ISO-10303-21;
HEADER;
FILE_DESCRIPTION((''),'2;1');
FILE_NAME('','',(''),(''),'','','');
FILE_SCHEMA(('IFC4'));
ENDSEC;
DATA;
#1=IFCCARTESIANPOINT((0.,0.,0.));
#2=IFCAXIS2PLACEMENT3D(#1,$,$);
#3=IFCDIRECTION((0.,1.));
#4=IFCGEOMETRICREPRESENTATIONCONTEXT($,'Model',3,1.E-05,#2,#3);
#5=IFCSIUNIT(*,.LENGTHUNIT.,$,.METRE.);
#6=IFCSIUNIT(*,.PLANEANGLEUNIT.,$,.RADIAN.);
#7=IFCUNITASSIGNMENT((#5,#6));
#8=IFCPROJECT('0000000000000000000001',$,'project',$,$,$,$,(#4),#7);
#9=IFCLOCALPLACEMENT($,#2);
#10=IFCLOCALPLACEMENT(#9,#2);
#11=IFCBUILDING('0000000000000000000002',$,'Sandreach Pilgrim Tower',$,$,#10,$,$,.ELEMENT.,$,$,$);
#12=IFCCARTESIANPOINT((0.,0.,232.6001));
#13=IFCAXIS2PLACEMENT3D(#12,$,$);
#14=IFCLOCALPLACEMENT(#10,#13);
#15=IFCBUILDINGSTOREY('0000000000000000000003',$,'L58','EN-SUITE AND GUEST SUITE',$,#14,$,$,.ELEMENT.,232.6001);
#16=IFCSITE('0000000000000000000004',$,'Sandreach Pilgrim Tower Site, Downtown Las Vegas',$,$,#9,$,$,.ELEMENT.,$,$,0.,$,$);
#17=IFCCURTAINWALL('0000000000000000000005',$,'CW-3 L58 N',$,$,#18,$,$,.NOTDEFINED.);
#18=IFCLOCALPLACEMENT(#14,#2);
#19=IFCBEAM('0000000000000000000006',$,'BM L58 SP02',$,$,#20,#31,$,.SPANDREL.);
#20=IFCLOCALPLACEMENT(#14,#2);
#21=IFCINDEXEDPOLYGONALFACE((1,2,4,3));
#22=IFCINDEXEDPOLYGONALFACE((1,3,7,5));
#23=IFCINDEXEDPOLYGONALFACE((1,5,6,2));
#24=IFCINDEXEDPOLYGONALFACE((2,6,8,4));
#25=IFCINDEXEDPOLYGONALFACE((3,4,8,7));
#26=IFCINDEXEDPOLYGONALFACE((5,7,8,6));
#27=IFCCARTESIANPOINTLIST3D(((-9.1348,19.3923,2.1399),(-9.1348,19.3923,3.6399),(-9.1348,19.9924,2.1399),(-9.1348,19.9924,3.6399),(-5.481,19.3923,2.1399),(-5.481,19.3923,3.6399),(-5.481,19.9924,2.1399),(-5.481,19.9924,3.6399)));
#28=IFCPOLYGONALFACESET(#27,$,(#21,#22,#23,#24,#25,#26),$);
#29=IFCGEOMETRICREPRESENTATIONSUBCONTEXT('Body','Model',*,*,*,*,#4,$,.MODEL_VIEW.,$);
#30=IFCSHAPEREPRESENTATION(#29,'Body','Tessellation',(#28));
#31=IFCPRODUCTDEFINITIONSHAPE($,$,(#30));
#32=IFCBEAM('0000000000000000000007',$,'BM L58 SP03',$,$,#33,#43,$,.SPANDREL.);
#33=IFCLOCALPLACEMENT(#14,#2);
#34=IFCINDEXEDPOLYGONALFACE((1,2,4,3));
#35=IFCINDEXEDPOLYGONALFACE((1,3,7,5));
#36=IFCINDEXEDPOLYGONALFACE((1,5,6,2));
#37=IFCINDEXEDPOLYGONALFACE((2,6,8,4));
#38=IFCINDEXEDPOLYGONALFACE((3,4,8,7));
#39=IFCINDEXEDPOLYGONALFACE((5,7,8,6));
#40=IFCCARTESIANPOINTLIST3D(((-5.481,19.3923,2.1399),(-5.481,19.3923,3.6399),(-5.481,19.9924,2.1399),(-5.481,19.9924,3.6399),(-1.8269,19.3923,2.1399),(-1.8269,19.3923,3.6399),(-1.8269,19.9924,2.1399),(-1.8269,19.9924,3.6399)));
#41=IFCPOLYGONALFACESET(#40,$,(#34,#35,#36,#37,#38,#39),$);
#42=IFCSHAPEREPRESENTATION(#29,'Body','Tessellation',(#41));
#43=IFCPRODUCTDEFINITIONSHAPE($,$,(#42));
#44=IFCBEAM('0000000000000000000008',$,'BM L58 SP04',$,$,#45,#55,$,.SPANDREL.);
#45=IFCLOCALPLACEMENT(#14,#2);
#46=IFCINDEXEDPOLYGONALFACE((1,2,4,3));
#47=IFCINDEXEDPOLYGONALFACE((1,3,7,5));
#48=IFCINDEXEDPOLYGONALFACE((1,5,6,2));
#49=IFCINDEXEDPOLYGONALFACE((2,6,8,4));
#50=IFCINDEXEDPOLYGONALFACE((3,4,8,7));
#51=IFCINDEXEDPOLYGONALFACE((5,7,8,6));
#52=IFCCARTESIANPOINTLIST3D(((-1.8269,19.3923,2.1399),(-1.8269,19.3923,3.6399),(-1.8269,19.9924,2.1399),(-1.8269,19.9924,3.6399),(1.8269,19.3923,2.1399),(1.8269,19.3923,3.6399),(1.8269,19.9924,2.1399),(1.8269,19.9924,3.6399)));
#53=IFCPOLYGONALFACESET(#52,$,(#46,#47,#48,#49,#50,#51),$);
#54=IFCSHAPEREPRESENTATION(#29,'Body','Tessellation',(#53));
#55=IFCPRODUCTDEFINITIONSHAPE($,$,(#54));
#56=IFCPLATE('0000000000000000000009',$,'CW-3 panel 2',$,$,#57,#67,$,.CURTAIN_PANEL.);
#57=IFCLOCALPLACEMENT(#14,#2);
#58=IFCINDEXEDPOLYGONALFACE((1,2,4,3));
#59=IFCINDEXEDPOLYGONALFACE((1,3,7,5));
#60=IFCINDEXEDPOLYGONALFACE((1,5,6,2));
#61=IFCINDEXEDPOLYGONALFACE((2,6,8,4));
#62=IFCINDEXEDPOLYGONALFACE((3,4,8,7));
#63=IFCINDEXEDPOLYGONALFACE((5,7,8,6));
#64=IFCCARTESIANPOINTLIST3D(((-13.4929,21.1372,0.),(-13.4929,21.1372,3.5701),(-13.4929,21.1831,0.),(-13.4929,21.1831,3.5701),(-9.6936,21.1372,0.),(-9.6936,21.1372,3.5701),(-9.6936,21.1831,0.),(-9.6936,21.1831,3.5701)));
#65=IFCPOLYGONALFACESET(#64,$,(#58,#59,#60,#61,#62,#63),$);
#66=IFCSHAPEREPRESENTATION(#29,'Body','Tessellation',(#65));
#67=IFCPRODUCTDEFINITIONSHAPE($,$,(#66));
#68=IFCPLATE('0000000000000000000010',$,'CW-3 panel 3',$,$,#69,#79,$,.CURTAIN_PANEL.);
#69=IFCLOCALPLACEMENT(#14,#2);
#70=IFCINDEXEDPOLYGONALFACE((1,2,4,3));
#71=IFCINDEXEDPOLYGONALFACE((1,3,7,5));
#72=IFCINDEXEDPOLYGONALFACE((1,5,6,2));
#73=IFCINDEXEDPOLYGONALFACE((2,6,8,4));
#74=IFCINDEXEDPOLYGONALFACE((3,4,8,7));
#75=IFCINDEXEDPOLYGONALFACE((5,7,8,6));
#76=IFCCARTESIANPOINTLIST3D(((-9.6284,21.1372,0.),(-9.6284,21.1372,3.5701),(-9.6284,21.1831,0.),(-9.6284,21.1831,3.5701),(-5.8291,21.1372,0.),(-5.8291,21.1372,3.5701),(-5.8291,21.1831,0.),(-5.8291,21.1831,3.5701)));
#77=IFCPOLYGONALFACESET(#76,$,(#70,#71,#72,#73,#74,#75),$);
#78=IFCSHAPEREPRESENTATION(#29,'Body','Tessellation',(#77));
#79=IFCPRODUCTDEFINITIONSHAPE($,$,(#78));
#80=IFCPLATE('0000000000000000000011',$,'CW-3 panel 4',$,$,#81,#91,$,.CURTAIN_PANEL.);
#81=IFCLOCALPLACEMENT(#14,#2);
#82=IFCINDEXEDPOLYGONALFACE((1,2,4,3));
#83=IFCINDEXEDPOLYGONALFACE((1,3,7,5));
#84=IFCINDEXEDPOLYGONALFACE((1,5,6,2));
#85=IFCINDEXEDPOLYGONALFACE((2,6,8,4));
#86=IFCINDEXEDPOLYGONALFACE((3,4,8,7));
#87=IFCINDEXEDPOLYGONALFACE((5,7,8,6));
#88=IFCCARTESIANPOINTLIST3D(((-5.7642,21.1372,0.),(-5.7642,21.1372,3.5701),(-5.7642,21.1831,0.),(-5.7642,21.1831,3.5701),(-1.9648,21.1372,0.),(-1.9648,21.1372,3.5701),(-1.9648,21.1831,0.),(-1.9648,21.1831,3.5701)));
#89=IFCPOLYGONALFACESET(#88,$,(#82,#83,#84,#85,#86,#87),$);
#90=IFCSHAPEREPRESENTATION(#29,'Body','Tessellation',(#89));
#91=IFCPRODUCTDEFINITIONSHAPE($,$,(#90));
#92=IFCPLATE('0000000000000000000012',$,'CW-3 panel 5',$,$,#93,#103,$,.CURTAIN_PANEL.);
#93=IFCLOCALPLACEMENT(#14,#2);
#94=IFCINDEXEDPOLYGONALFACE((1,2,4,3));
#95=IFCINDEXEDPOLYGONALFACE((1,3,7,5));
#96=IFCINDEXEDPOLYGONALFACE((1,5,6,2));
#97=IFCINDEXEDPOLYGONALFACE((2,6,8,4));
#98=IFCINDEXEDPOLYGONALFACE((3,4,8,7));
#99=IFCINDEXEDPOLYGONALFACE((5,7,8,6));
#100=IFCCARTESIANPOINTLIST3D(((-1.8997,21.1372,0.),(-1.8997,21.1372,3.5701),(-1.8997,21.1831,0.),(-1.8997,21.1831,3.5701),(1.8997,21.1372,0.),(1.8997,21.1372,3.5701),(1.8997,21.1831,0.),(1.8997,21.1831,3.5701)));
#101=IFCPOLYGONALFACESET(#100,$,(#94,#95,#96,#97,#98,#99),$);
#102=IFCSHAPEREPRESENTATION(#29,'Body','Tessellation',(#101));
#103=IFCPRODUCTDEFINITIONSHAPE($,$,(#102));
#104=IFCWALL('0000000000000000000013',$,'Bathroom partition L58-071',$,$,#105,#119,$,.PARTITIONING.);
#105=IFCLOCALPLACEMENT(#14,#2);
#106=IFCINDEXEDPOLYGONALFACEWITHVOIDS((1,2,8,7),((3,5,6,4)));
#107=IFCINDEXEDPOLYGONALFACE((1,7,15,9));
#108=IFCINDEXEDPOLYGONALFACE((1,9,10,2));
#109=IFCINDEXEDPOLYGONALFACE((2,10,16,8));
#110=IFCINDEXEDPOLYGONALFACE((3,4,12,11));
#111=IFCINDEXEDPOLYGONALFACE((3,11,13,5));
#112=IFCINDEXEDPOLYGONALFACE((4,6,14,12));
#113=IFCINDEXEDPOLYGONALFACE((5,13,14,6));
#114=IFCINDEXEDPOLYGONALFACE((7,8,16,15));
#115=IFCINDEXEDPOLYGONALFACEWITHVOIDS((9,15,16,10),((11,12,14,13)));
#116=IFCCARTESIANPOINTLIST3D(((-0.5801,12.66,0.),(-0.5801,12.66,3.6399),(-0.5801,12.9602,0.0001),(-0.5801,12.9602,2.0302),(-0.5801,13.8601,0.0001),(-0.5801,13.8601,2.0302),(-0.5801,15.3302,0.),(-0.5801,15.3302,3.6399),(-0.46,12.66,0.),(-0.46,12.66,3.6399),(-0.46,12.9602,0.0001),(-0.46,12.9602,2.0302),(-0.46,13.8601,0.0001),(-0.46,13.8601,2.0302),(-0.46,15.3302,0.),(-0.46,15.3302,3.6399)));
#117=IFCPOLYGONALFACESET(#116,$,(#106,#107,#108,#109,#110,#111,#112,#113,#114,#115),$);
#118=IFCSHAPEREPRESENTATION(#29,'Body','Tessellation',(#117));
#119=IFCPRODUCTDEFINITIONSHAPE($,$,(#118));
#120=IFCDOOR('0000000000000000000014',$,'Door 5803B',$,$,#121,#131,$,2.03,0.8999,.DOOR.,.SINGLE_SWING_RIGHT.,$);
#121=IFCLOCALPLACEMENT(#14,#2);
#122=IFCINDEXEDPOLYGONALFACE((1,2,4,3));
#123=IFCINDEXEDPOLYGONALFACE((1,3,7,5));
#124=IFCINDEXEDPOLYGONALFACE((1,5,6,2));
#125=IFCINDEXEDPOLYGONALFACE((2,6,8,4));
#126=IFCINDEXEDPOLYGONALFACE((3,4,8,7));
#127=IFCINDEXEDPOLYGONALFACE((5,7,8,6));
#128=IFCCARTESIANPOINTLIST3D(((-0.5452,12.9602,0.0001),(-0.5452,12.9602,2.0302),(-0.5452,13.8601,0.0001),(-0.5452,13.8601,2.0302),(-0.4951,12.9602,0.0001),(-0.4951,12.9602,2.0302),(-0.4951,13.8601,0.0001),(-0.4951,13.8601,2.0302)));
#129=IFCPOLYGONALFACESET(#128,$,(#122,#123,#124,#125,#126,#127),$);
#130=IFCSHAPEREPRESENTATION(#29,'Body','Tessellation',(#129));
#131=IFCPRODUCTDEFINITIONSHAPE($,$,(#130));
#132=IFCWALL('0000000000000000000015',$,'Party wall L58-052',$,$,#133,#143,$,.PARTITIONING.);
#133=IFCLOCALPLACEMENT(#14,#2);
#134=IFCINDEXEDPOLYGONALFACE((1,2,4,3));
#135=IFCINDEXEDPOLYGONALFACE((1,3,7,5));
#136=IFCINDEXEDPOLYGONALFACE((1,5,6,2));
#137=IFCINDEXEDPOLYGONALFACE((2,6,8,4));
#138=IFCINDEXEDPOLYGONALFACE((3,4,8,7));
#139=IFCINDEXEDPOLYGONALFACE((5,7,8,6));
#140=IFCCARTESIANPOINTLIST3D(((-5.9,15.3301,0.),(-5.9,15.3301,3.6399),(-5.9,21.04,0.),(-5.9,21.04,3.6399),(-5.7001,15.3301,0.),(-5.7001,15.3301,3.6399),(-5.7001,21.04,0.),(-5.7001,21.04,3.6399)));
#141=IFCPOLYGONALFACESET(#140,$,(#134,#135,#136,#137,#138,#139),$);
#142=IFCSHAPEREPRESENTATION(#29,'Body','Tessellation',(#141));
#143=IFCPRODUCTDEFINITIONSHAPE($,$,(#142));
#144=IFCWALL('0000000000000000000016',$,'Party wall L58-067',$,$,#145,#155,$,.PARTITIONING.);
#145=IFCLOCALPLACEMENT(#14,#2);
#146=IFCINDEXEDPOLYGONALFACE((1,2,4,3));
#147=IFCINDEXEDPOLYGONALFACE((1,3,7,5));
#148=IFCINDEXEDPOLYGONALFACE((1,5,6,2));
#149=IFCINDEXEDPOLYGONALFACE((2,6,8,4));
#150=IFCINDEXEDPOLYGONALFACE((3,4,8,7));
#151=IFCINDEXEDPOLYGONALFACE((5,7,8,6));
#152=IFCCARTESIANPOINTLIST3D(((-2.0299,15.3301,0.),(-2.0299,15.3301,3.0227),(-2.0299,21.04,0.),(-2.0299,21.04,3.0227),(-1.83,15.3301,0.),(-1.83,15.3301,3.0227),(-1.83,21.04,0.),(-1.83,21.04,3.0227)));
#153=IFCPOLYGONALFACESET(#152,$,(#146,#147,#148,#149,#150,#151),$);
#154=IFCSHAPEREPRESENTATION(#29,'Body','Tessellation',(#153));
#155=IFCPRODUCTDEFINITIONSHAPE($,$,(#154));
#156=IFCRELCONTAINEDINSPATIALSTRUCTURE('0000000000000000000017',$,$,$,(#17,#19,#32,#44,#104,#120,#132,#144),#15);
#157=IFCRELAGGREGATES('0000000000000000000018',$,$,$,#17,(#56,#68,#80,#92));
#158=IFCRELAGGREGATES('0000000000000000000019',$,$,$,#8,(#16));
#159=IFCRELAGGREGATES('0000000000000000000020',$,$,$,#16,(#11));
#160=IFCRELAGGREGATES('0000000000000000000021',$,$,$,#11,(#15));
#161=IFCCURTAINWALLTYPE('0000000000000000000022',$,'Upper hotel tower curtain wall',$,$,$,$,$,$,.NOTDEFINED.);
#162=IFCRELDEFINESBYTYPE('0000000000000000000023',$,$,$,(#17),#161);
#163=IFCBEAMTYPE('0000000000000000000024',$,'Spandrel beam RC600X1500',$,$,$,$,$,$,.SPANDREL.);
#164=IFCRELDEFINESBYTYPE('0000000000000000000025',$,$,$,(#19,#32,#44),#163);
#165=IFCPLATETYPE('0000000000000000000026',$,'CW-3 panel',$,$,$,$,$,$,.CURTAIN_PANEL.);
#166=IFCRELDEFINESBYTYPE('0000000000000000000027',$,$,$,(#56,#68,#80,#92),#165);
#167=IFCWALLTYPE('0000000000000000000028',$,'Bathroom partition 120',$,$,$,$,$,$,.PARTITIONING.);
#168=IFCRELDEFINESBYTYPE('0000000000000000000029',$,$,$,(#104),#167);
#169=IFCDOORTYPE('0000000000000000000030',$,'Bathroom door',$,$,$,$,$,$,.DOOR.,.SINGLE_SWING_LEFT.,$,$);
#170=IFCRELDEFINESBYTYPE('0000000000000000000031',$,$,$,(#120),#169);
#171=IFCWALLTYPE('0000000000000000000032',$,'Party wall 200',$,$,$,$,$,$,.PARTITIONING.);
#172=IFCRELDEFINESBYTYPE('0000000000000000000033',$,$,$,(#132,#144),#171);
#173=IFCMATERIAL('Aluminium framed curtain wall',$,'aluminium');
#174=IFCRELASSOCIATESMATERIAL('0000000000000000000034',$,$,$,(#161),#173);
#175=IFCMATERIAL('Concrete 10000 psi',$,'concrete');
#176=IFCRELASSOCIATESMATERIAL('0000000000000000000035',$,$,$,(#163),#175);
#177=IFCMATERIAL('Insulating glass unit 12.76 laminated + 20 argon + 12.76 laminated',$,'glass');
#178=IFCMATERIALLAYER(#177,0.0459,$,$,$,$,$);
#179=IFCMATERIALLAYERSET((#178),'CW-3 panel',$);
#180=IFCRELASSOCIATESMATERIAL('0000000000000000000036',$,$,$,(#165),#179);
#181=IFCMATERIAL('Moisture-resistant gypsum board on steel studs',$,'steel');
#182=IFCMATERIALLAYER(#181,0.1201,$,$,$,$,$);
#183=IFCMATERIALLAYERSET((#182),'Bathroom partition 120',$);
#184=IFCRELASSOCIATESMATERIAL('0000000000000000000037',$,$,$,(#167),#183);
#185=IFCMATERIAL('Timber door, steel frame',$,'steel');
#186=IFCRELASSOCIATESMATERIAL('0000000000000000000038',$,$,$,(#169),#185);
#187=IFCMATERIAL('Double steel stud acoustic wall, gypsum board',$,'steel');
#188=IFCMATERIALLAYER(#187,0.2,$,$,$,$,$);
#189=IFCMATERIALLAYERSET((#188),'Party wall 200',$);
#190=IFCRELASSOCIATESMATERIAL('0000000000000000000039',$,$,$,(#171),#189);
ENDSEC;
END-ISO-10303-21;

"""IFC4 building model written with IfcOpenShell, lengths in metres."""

from ifc_helpers import new_model, si_unit, direction, frame, frame_2d, origin, origin_2d, place, context, subcontext, project, spatial, rectangle, extrude, material, layer, layer_set, material_profile, profile_set, type_object, element, fill, aggregate, save


model = new_model("IFC4")

# Units and contexts
model_context = context("Model", 3, precision=1e-05, world=origin(), true_north=direction((0.0, 1.0)))
body_context = subcontext(model_context, "Body", "Model", "MODEL_VIEW")
ifc_project = project(units=[si_unit("LENGTHUNIT", "METRE"), si_unit("PLANEANGLEUNIT", "RADIAN")], contexts=[model_context])

# Site, building, storey
site_placement = place(None, origin())
site = spatial("IfcSite", under=ifc_project, at=site_placement, Name="Sandreach Pilgrim Tower Site, Downtown Las Vegas", CompositionType="ELEMENT", RefElevation=0.0)
building_placement = place(site_placement, origin())
building = spatial("IfcBuilding", under=site, at=building_placement, Name="Sandreach Pilgrim Tower", CompositionType="ELEMENT")
storey_placement = place(building_placement, frame((0.0, 0.0, 232.6001)))
storey = spatial("IfcBuildingStorey", under=building, at=storey_placement, Name="L58", Description="EN-SUITE AND GUEST SUITE", CompositionType="ELEMENT", Elevation=232.6001)

# Curtain wall
ifc_material_1 = material(Name="Aluminium framed curtain wall", Category="aluminium")
curtain_wall_type = type_object("IfcCurtainWallType", Name="Upper hotel tower curtain wall", PredefinedType="NOTDEFINED", material=ifc_material_1)
curtain_wall_placement = place(storey_placement, origin())
curtain_wall = element("IfcCurtainWall", 1, at=curtain_wall_placement, inside=storey, type_object=curtain_wall_type, Name="CW-3 L58 N", PredefinedType="NOTDEFINED")

# Beams
ifc_material_2 = material(Name="Concrete 10000 psi", Category="concrete")
ifc_material_profile_1 = material_profile(ifc_material_2, rectangle(XDim=0.6001, YDim=1.5, at=origin_2d()), Name="RC600X1500")
ifc_profile_set_1 = profile_set([ifc_material_profile_1], Name="Concrete 10000 psi")
beam_type_1 = type_object("IfcBeamType", Name="Spandrel beam RC600X1500", PredefinedType="SPANDREL", material=ifc_profile_set_1)
beam_1_placement = place(storey_placement, frame((-9.1348, 19.6924, 2.8899), z_axis=(1.0, 0.0, 0.0), x_axis=(0.0, 1.0, 0.0)))
element("IfcBeam", 2, at=beam_1_placement, inside=storey, type_object=beam_type_1, Name="BM L58 SP02", PredefinedType="SPANDREL", context=body_context, shape_type="SweptSolid", body=[
    extrude(rectangle(XDim=0.6001, YDim=1.5, at=origin_2d()), origin(), (0.0, 0.0, 1.0), 3.6538),
])
beam_2_placement = place(storey_placement, frame((-5.481, 19.6924, 2.8899), z_axis=(1.0, 0.0, 0.0), x_axis=(0.0, 1.0, 0.0)))
element("IfcBeam", 3, at=beam_2_placement, inside=storey, type_object=beam_type_1, Name="BM L58 SP03", PredefinedType="SPANDREL", context=body_context, shape_type="SweptSolid", body=[
    extrude(rectangle(XDim=0.6001, YDim=1.5, at=origin_2d()), origin(), (0.0, 0.0, 1.0), 3.6541),
])
beam_3_placement = place(storey_placement, frame((-1.8269, 19.6924, 2.8899), z_axis=(1.0, 0.0, 0.0), x_axis=(0.0, 1.0, 0.0)))
element("IfcBeam", 4, at=beam_3_placement, inside=storey, type_object=beam_type_1, Name="BM L58 SP04", PredefinedType="SPANDREL", context=body_context, shape_type="SweptSolid", body=[
    extrude(rectangle(XDim=0.6001, YDim=1.5, at=origin_2d()), origin(), (0.0, 0.0, 1.0), 3.6538),
])

# Plates
ifc_material_3 = material(Name="Insulating glass unit 12.76 laminated + 20 argon + 12.76 laminated", Category="glass")
ifc_layer_1 = layer(ifc_material_3, 0.0459)
ifc_layer_set_1 = layer_set([ifc_layer_1], Name="CW-3 panel")
plate_type = type_object("IfcPlateType", Name="CW-3 panel", PredefinedType="CURTAIN_PANEL", material=ifc_layer_set_1)
plate_1_placement = place(storey_placement, frame((-11.5933, 21.1602, 0.0), z_axis=(0.0, 0.0, 1.0), x_axis=(1.0, 0.0, 0.0)))
plate_1 = element("IfcPlate", 5, at=plate_1_placement, type_object=plate_type, Name="CW-3 panel 2", PredefinedType="CURTAIN_PANEL", context=body_context, shape_type="SweptSolid", body=[
    extrude(rectangle(XDim=3.7993, YDim=0.0459, at=origin_2d()), origin(), (0.0, 0.0, 1.0), 3.5701),
])
plate_2_placement = place(storey_placement, frame((-7.7288, 21.1602, 0.0), z_axis=(0.0, 0.0, 1.0), x_axis=(1.0, 0.0, 0.0)))
plate_2 = element("IfcPlate", 6, at=plate_2_placement, type_object=plate_type, Name="CW-3 panel 3", PredefinedType="CURTAIN_PANEL", context=body_context, shape_type="SweptSolid", body=[
    extrude(rectangle(XDim=3.7993, YDim=0.0459, at=origin_2d()), origin(), (0.0, 0.0, 1.0), 3.5701),
])
plate_3_placement = place(storey_placement, frame((-3.8645, 21.1602, 0.0), z_axis=(0.0, 0.0, 1.0), x_axis=(1.0, 0.0, 0.0)))
plate_3 = element("IfcPlate", 7, at=plate_3_placement, type_object=plate_type, Name="CW-3 panel 4", PredefinedType="CURTAIN_PANEL", context=body_context, shape_type="SweptSolid", body=[
    extrude(rectangle(XDim=3.7993, YDim=0.0459, at=origin_2d()), origin(), (0.0, 0.0, 1.0), 3.5701),
])
plate_4_placement = place(storey_placement, frame((0.0, 21.1602, 0.0), z_axis=(0.0, 0.0, 1.0), x_axis=(1.0, 0.0, 0.0)))
plate_4 = element("IfcPlate", 8, at=plate_4_placement, type_object=plate_type, Name="CW-3 panel 5", PredefinedType="CURTAIN_PANEL", context=body_context, shape_type="SweptSolid", body=[
    extrude(rectangle(XDim=3.7993, YDim=0.0459, at=origin_2d()), origin(), (0.0, 0.0, 1.0), 3.5701),
])
aggregate(curtain_wall, [plate_1, plate_2, plate_3, plate_4])

# Wall, opening, door
ifc_material_4 = material(Name="Moisture-resistant gypsum board on steel studs", Category="steel")
ifc_layer_2 = layer(ifc_material_4, 0.1201)
ifc_layer_set_2 = layer_set([ifc_layer_2], Name="Bathroom partition 120")
wall_type_1 = type_object("IfcWallType", Name="Bathroom partition 120", PredefinedType="PARTITIONING", material=ifc_layer_set_2)
wall_1_placement = place(storey_placement, frame((-0.52, 15.3301, 0.0), z_axis=(0.0, 0.0, 1.0), x_axis=(0.0, -1.0, 0.0)))
wall_1 = element("IfcWall", 9, at=wall_1_placement, inside=storey, type_object=wall_type_1, Name="Bathroom partition L58-071", PredefinedType="PARTITIONING", context=body_context, shape_type="SweptSolid", body=[
    extrude(rectangle(XDim=2.6702, YDim=0.1201, at=frame_2d((1.335, 0.0))), origin(), (0.0, 0.0, 1.0), 3.6399),
])
opening_placement = place(wall_1_placement, frame((1.47, 0.0, 0.0)))
opening = element("IfcOpeningElement", 10, at=opening_placement, cuts=wall_1, PredefinedType="OPENING", context=body_context, shape_type="SweptSolid", body=[
    extrude(rectangle(XDim=0.8999, YDim=2.03, at=frame_2d((0.45, 1.0151))), frame((0.0, 0.0601, 0.0), z_axis=(0.0, -1.0, 0.0), x_axis=(1.0, 0.0, 0.0)), (0.0, 0.0, 1.0), 0.1201),
])
ifc_material_5 = material(Name="Timber door, steel frame", Category="steel")
door_type = type_object("IfcDoorType", Name="Bathroom door", OperationType="SINGLE_SWING_LEFT", PredefinedType="DOOR", material=ifc_material_5)
door_placement = place(opening_placement, origin())
door = element("IfcDoor", 11, at=door_placement, inside=storey, type_object=door_type, Name="Door 5803B", OperationType="SINGLE_SWING_RIGHT", OverallHeight=2.03, OverallWidth=0.8999, PredefinedType="DOOR", context=body_context, shape_type="SweptSolid", body=[
    extrude(rectangle(XDim=0.8999, YDim=2.03, at=frame_2d((0.45, 1.0151))), frame((0.0, 0.0249, 0.0), z_axis=(0.0, -1.0, 0.0), x_axis=(1.0, 0.0, 0.0)), (0.0, 0.0, 1.0), 0.05),
])
fill(opening, door)

# Walls
ifc_material_6 = material(Name="Double steel stud acoustic wall, gypsum board", Category="steel")
ifc_layer_3 = layer(ifc_material_6, 0.2)
ifc_layer_set_3 = layer_set([ifc_layer_3], Name="Party wall 200")
wall_type_2 = type_object("IfcWallType", Name="Party wall 200", PredefinedType="PARTITIONING", material=ifc_layer_set_3)
wall_2_placement = place(storey_placement, frame((-5.8, 21.04, 0.0), z_axis=(0.0, 0.0, 1.0), x_axis=(0.0, -1.0, 0.0)))
element("IfcWall", 12, at=wall_2_placement, inside=storey, type_object=wall_type_2, Name="Party wall L58-052", PredefinedType="PARTITIONING", context=body_context, shape_type="SweptSolid", body=[
    extrude(rectangle(XDim=5.71, YDim=0.2, at=frame_2d((2.855, 0.0))), origin(), (0.0, 0.0, 1.0), 3.6399),
])
wall_3_placement = place(storey_placement, frame((-1.9299, 21.04, 0.0), z_axis=(0.0, 0.0, 1.0), x_axis=(0.0, -1.0, 0.0)))
element("IfcWall", 13, at=wall_3_placement, inside=storey, type_object=wall_type_2, Name="Party wall L58-067", PredefinedType="PARTITIONING", context=body_context, shape_type="SweptSolid", body=[
    extrude(rectangle(XDim=5.71, YDim=0.2, at=frame_2d((2.855, 0.0))), origin(), (0.0, 0.0, 1.0), 3.0227),
])

save(model, "model.ifc")
